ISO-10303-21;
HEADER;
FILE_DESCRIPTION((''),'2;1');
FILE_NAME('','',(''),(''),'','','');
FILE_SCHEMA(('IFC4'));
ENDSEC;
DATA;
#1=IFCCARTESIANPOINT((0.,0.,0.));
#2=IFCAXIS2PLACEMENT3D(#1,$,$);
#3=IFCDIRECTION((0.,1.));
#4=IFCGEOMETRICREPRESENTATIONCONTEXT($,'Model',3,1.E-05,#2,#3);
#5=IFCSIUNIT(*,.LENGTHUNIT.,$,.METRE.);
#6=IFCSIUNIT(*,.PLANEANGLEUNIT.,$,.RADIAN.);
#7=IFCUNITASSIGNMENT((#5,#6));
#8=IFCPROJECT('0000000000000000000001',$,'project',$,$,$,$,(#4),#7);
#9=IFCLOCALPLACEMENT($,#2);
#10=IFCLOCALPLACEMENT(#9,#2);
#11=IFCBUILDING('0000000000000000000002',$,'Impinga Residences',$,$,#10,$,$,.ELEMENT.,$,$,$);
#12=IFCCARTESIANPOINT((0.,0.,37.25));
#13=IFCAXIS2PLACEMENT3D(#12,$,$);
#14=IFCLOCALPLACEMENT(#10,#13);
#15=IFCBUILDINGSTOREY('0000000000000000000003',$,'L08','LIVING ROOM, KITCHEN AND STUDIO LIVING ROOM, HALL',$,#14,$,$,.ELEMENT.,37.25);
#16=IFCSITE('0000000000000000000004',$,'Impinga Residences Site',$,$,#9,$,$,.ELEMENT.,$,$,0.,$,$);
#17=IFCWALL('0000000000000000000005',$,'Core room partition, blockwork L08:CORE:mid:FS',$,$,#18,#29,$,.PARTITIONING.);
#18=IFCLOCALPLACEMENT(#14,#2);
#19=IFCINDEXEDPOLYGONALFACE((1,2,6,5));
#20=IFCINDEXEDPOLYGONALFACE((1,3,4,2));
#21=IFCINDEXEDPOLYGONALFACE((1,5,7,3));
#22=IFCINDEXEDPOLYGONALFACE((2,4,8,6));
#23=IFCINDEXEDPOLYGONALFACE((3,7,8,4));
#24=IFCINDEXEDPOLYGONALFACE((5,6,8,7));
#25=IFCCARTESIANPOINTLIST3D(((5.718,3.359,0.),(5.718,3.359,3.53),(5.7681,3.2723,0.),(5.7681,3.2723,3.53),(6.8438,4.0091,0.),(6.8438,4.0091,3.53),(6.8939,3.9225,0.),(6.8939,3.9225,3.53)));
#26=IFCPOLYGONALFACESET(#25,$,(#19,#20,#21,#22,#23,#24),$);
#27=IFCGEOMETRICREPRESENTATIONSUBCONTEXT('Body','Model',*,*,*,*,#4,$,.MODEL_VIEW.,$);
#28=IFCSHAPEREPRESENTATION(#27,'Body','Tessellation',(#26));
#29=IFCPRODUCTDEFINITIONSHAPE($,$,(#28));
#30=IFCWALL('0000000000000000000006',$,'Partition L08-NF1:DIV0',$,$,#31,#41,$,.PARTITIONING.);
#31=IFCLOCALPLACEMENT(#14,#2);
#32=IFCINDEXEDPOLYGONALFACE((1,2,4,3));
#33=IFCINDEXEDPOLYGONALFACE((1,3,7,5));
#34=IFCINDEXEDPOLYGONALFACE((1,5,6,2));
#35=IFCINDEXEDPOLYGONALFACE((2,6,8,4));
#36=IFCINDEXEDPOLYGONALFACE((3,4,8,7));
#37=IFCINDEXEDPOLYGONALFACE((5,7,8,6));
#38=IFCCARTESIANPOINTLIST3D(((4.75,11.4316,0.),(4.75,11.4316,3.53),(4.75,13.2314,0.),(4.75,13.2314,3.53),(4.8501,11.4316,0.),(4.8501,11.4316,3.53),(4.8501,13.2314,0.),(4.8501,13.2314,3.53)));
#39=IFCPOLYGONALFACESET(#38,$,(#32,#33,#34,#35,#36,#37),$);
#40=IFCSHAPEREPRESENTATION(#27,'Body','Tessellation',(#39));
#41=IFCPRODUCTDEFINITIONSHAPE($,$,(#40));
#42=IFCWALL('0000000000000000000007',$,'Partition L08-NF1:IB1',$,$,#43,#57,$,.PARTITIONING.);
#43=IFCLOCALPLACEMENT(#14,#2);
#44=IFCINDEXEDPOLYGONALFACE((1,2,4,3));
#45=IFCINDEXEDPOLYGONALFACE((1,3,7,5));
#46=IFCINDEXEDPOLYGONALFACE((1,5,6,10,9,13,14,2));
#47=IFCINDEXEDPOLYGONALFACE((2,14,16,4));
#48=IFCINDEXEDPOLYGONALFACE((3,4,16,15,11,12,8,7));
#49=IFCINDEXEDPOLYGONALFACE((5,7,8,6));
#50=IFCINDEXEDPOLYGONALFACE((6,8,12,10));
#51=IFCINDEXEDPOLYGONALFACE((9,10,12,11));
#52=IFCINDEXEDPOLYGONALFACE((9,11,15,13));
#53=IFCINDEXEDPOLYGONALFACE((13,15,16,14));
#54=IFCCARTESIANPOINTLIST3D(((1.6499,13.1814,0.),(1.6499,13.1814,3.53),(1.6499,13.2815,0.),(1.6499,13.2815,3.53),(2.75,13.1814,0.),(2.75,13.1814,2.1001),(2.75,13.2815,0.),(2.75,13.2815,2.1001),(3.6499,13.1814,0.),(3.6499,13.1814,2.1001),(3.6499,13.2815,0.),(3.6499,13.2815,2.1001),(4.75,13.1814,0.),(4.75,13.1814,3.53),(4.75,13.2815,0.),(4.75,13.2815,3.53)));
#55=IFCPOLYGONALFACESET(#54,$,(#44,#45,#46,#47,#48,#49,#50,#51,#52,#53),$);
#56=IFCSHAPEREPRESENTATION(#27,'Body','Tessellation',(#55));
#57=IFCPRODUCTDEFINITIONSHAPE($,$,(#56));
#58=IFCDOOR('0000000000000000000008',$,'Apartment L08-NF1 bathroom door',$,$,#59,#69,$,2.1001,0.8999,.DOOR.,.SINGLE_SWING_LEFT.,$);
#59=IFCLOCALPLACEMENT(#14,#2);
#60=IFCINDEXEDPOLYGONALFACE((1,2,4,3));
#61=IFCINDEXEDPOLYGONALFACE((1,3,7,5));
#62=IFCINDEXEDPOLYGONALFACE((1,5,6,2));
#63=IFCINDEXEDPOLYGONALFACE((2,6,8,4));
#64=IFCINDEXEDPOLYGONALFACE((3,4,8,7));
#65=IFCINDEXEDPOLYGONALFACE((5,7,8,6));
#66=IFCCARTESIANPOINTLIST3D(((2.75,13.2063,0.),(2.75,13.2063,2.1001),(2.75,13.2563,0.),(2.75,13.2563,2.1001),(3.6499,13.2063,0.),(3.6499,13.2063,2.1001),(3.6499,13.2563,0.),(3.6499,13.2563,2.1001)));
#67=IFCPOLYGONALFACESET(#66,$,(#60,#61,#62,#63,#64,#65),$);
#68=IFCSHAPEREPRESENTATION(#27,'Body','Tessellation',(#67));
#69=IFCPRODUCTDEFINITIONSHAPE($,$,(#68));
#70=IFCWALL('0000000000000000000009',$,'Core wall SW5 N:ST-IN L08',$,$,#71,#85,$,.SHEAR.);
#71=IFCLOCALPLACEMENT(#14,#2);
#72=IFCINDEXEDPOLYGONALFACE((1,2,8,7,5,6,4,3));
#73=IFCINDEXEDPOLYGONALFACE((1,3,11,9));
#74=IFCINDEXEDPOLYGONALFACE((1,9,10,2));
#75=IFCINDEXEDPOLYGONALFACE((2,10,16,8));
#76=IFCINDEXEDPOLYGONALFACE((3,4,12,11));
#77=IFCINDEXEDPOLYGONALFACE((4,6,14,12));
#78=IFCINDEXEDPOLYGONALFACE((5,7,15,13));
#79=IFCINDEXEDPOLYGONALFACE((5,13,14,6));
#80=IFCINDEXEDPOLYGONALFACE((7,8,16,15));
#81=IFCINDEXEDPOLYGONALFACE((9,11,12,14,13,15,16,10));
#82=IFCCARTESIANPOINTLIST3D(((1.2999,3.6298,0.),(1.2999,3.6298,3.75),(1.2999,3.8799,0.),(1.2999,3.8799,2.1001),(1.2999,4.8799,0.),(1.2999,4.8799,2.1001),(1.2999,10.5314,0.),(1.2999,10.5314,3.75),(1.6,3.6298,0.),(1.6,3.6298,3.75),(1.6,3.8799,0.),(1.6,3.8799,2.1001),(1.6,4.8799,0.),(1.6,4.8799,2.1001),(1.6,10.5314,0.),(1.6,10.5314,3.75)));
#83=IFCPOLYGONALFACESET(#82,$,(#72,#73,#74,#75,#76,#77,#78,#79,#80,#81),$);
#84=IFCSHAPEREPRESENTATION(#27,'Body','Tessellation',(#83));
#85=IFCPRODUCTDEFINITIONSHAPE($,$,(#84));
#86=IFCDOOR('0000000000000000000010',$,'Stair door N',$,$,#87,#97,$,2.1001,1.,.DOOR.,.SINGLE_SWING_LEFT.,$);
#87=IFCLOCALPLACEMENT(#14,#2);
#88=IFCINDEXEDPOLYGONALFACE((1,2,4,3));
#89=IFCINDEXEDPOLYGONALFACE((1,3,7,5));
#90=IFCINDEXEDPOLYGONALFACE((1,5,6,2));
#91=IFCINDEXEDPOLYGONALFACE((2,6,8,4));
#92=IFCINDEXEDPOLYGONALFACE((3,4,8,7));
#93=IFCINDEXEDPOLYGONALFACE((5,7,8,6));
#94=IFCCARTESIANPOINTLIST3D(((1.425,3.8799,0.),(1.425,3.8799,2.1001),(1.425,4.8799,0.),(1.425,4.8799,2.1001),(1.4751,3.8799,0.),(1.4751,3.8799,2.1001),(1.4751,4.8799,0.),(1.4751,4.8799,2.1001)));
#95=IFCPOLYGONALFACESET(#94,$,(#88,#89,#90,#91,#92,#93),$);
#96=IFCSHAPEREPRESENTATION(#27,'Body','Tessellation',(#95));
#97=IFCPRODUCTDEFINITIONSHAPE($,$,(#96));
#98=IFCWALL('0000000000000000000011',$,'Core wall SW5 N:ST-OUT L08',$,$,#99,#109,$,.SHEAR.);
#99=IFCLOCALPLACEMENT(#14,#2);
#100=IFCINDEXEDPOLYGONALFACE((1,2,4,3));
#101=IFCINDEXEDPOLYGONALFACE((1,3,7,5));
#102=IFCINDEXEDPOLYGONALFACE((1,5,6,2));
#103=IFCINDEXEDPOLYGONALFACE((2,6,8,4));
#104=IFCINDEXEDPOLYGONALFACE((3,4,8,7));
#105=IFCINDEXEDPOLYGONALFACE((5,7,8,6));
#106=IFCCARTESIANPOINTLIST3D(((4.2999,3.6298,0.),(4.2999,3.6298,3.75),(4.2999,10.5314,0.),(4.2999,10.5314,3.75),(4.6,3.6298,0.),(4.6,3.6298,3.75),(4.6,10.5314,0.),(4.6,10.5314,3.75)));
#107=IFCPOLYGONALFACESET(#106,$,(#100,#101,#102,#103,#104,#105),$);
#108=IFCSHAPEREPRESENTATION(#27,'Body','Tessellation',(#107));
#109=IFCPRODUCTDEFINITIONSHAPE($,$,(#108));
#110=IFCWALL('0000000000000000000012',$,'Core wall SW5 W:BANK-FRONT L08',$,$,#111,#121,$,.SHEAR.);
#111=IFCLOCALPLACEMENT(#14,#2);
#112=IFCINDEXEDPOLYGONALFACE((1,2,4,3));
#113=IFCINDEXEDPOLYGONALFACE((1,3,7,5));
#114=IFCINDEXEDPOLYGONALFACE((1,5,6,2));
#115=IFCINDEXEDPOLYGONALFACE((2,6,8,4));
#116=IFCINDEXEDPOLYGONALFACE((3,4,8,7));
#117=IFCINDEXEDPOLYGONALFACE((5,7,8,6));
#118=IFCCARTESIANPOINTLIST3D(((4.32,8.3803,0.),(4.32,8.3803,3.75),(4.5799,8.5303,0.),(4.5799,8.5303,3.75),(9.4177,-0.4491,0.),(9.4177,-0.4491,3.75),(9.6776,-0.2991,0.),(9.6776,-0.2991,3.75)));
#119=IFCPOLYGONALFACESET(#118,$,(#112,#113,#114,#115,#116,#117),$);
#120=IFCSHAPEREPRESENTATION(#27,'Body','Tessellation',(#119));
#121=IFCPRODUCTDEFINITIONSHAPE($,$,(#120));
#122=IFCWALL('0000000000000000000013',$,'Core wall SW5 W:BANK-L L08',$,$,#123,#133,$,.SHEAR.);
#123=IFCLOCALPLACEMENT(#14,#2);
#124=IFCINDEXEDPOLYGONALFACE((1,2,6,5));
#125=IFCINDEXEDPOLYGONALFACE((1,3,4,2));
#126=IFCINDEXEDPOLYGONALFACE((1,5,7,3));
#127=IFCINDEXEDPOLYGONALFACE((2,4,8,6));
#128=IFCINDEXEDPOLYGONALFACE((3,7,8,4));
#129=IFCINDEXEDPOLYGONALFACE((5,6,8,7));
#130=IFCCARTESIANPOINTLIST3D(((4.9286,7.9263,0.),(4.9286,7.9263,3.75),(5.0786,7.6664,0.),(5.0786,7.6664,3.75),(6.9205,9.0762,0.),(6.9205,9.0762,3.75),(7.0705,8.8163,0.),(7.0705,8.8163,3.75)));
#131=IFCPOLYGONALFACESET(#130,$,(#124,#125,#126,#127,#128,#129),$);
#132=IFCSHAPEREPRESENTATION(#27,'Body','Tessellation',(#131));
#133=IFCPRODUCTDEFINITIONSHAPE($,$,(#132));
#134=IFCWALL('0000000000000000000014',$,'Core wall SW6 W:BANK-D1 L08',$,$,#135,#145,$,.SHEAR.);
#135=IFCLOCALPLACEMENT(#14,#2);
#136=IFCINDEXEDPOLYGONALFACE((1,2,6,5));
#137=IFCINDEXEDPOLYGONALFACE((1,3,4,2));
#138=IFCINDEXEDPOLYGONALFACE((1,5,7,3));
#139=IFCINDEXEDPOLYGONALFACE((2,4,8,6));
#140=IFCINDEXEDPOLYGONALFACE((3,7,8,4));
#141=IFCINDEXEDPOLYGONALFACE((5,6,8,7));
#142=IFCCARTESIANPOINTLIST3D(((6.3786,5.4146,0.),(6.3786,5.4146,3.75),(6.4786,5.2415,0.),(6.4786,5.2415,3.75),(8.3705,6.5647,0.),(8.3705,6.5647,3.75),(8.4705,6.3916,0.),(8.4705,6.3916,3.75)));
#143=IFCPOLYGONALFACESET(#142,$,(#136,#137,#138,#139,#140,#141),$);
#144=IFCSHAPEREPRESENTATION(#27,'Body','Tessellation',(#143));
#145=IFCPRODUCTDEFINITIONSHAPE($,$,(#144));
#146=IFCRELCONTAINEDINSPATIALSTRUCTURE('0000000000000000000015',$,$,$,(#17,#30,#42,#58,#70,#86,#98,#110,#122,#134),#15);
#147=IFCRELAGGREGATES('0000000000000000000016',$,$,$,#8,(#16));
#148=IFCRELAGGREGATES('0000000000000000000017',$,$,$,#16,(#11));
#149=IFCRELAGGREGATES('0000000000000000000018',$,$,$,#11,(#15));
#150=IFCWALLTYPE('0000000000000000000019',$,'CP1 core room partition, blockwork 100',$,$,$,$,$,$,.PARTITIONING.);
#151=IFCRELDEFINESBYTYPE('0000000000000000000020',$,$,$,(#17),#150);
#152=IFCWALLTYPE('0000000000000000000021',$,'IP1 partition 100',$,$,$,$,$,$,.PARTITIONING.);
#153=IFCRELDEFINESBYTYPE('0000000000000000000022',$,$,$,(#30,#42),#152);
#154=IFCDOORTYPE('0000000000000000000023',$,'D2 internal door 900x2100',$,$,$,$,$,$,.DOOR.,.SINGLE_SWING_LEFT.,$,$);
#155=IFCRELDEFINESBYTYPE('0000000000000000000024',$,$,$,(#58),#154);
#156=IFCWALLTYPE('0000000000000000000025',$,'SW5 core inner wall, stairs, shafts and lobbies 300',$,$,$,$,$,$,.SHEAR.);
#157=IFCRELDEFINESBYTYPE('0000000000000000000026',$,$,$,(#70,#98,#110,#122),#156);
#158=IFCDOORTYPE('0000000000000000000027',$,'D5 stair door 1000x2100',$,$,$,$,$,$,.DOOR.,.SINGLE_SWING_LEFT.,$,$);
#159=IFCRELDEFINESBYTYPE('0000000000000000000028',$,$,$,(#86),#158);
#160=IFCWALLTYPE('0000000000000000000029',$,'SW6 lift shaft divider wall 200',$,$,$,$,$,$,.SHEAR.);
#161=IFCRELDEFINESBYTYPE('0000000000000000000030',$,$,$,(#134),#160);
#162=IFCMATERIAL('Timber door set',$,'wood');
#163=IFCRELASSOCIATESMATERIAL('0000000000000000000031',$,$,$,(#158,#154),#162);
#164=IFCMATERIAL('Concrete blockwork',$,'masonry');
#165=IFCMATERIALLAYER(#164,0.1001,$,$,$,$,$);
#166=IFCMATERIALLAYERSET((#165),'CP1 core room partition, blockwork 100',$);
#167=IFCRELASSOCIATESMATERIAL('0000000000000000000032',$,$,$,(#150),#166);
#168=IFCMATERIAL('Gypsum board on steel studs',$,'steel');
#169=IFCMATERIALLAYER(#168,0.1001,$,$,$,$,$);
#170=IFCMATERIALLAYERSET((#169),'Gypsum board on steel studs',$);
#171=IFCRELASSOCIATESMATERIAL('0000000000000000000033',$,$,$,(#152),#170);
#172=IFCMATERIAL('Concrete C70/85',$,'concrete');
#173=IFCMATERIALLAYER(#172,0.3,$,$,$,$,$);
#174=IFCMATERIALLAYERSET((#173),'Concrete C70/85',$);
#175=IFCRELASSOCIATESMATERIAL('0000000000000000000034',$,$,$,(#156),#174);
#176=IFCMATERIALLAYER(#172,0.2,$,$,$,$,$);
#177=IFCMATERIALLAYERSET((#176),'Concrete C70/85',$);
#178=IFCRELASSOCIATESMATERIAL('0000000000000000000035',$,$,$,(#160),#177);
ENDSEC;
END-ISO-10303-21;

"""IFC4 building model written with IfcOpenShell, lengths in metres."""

from ifc_helpers import new_model, si_unit, direction, frame, frame_2d, origin, place, context, subcontext, project, spatial, rectangle, extrude, material, layer, layer_set, type_object, element, fill, save


model = new_model("IFC4")

# Units and contexts
model_context = context("Model", 3, precision=1e-05, world=origin(), true_north=direction((0.0, 1.0)))
body_context = subcontext(model_context, "Body", "Model", "MODEL_VIEW")
ifc_project = project(units=[si_unit("LENGTHUNIT", "METRE"), si_unit("PLANEANGLEUNIT", "RADIAN")], contexts=[model_context])

# Site, building, storey
site_placement = place(None, origin())
site = spatial("IfcSite", under=ifc_project, at=site_placement, Name="Impinga Residences Site", CompositionType="ELEMENT", RefElevation=0.0)
building_placement = place(site_placement, origin())
building = spatial("IfcBuilding", under=site, at=building_placement, Name="Impinga Residences", CompositionType="ELEMENT")
storey_placement = place(building_placement, frame((0.0, 0.0, 37.25)))
storey = spatial("IfcBuildingStorey", under=building, at=storey_placement, Name="L08", Description="LIVING ROOM, KITCHEN AND STUDIO LIVING ROOM, HALL", CompositionType="ELEMENT", Elevation=37.25)

# Shared definitions
ifc_material_1 = material(Name="Concrete C70/85", Category="concrete")
ifc_material_2 = material(Name="Timber door set", Category="wood")
door_type_1 = type_object("IfcDoorType", Name="D5 stair door 1000x2100", OperationType="SINGLE_SWING_LEFT", PredefinedType="DOOR", material=ifc_material_2)
ifc_material_3 = material(Name="Concrete blockwork", Category="masonry")
ifc_layer_1 = layer(ifc_material_3, 0.1001)
ifc_layer_set_1 = layer_set([ifc_layer_1], Name="CP1 core room partition, blockwork 100")
wall_type_1 = type_object("IfcWallType", Name="CP1 core room partition, blockwork 100", PredefinedType="PARTITIONING", material=ifc_layer_set_1)

# Walls
wall_1_placement = place(storey_placement, frame((5.7432, 3.3157, 0.0), z_axis=(0.0, 0.0, 1.0), x_axis=(0.865957, 0.500118, 0.0)))
element("IfcWall", 1, at=wall_1_placement, inside=storey, type_object=wall_type_1, Name="Core room partition, blockwork L08:CORE:mid:FS", PredefinedType="PARTITIONING", context=body_context, shape_type="SweptSolid", body=[
    extrude(rectangle(XDim=1.3, YDim=0.1001, at=frame_2d((0.6499, 0.0))), origin(), (0.0, 0.0, 1.0), 3.53),
])
ifc_material_4 = material(Name="Gypsum board on steel studs", Category="steel")
ifc_layer_2 = layer(ifc_material_4, 0.1001)
ifc_layer_set_2 = layer_set([ifc_layer_2], Name="Gypsum board on steel studs")
wall_type_2 = type_object("IfcWallType", Name="IP1 partition 100", PredefinedType="PARTITIONING", material=ifc_layer_set_2)
wall_2_placement = place(storey_placement, frame((4.8, 11.4316, 0.0), z_axis=(0.0, 0.0, 1.0), x_axis=(0.0, 1.0, 0.0)))
element("IfcWall", 2, at=wall_2_placement, inside=storey, type_object=wall_type_2, Name="Partition L08-NF1:DIV0", PredefinedType="PARTITIONING", context=body_context, shape_type="SweptSolid", body=[
    extrude(rectangle(XDim=1.7998, YDim=0.1001, at=frame_2d((0.8999, 0.0))), origin(), (0.0, 0.0, 1.0), 3.53),
])

# Walls, openings, doors
wall_3_placement = place(storey_placement, frame((1.6499, 13.2314, 0.0), z_axis=(0.0, 0.0, 1.0), x_axis=(1.0, 0.0, 0.0)))
wall_3 = element("IfcWall", 3, at=wall_3_placement, inside=storey, type_object=wall_type_2, Name="Partition L08-NF1:IB1", PredefinedType="PARTITIONING", context=body_context, shape_type="SweptSolid", body=[
    extrude(rectangle(XDim=3.1001, YDim=0.1001, at=frame_2d((1.55, 0.0))), origin(), (0.0, 0.0, 1.0), 3.53),
])
opening_1_placement = place(wall_3_placement, frame((1.1001, 0.0, 0.0)))
opening_1 = element("IfcOpeningElement", 4, at=opening_1_placement, cuts=wall_3, PredefinedType="OPENING", context=body_context, shape_type="SweptSolid", body=[
    extrude(rectangle(XDim=0.8999, YDim=2.1001, at=frame_2d((0.45, 1.05))), frame((0.0, 0.0601, 0.0), z_axis=(0.0, -1.0, 0.0), x_axis=(1.0, 0.0, 0.0)), (0.0, 0.0, 1.0), 0.1201),
])
door_type_2 = type_object("IfcDoorType", Name="D2 internal door 900x2100", OperationType="SINGLE_SWING_LEFT", PredefinedType="DOOR", material=ifc_material_2)
door_1_placement = place(opening_1_placement, origin())
door_1 = element("IfcDoor", 5, at=door_1_placement, inside=storey, type_object=door_type_2, Name="Apartment L08-NF1 bathroom door", OperationType="SINGLE_SWING_LEFT", OverallHeight=2.1001, OverallWidth=0.8999, PredefinedType="DOOR", context=body_context, shape_type="SweptSolid", body=[
    extrude(rectangle(XDim=0.8999, YDim=2.1001, at=frame_2d((0.45, 1.05))), frame((0.0, 0.0249, 0.0), z_axis=(0.0, -1.0, 0.0), x_axis=(1.0, 0.0, 0.0)), (0.0, 0.0, 1.0), 0.05),
])
fill(opening_1, door_1)
ifc_layer_3 = layer(ifc_material_1, 0.3)
ifc_layer_set_3 = layer_set([ifc_layer_3], Name="Concrete C70/85")
wall_type_3 = type_object("IfcWallType", Name="SW5 core inner wall, stairs, shafts and lobbies 300", PredefinedType="SHEAR", material=ifc_layer_set_3)
wall_4_placement = place(storey_placement, frame((1.45, 3.6299, 0.0), z_axis=(0.0, 0.0, 1.0), x_axis=(0.0, 1.0, 0.0)))
wall_4 = element("IfcWall", 6, at=wall_4_placement, inside=storey, type_object=wall_type_3, Name="Core wall SW5 N:ST-IN L08", PredefinedType="SHEAR", context=body_context, shape_type="SweptSolid", body=[
    extrude(rectangle(XDim=6.9016, YDim=0.3, at=frame_2d((3.4507, 0.0))), origin(), (0.0, 0.0, 1.0), 3.75),
])
opening_2_placement = place(wall_4_placement, frame((0.25, 0.0, 0.0)))
opening_2 = element("IfcOpeningElement", 7, at=opening_2_placement, cuts=wall_4, PredefinedType="OPENING", context=body_context, shape_type="SweptSolid", body=[
    extrude(rectangle(XDim=1.0, YDim=2.1001, at=frame_2d((0.5, 1.05))), frame((0.0, 0.1599, 0.0), z_axis=(0.0, -1.0, 0.0), x_axis=(1.0, 0.0, 0.0)), (0.0, 0.0, 1.0), 0.3201),
])
door_2_placement = place(opening_2_placement, origin())
door_2 = element("IfcDoor", 8, at=door_2_placement, inside=storey, type_object=door_type_1, Name="Stair door N", OperationType="SINGLE_SWING_LEFT", OverallHeight=2.1001, OverallWidth=1.0, PredefinedType="DOOR", context=body_context, shape_type="SweptSolid", body=[
    extrude(rectangle(XDim=1.0, YDim=2.1001, at=frame_2d((0.5, 1.05))), frame((0.0, 0.0249, 0.0), z_axis=(0.0, -1.0, 0.0), x_axis=(1.0, 0.0, 0.0)), (0.0, 0.0, 1.0), 0.05),
])
fill(opening_2, door_2)

# Walls
wall_5_placement = place(storey_placement, frame((4.45, 3.6299, 0.0), z_axis=(0.0, 0.0, 1.0), x_axis=(0.0, 1.0, 0.0)))
element("IfcWall", 9, at=wall_5_placement, inside=storey, type_object=wall_type_3, Name="Core wall SW5 N:ST-OUT L08", PredefinedType="SHEAR", context=body_context, shape_type="SweptSolid", body=[
    extrude(rectangle(XDim=6.9016, YDim=0.3, at=frame_2d((3.4507, 0.0))), origin(), (0.0, 0.0, 1.0), 3.75),
])
wall_6_placement = place(storey_placement, frame((4.45, 8.4553, 0.0), z_axis=(0.0, 0.0, 1.0), x_axis=(0.500002, -0.866024, 0.0)))
element("IfcWall", 10, at=wall_6_placement, inside=storey, type_object=wall_type_3, Name="Core wall SW5 W:BANK-FRONT L08", PredefinedType="SHEAR", context=body_context, shape_type="SweptSolid", body=[
    extrude(rectangle(XDim=10.1953, YDim=0.3, at=frame_2d((5.0977, 0.0))), origin(), (0.0, 0.0, 1.0), 3.75),
])
wall_7_placement = place(storey_placement, frame((5.0037, 7.7964, 0.0), z_axis=(0.0, 0.0, 1.0), x_axis=(0.866053, 0.499952, 0.0)))
element("IfcWall", 11, at=wall_7_placement, inside=storey, type_object=wall_type_3, Name="Core wall SW5 W:BANK-L L08", PredefinedType="SHEAR", context=body_context, shape_type="SweptSolid", body=[
    extrude(rectangle(XDim=2.3, YDim=0.3, at=frame_2d((1.1499, 0.0))), origin(), (0.0, 0.0, 1.0), 3.75),
])
ifc_layer_4 = layer(ifc_material_1, 0.2)
ifc_layer_set_4 = layer_set([ifc_layer_4], Name="Concrete C70/85")
wall_type_4 = type_object("IfcWallType", Name="SW6 lift shaft divider wall 200", PredefinedType="SHEAR", material=ifc_layer_set_4)
wall_8_placement = place(storey_placement, frame((6.4287, 5.3281, 0.0), z_axis=(0.0, 0.0, 1.0), x_axis=(0.866007, 0.500032, 0.0)))
element("IfcWall", 12, at=wall_8_placement, inside=storey, type_object=wall_type_4, Name="Core wall SW6 W:BANK-D1 L08", PredefinedType="SHEAR", context=body_context, shape_type="SweptSolid", body=[
    extrude(rectangle(XDim=2.3, YDim=0.2, at=frame_2d((1.1499, 0.0))), origin(), (0.0, 0.0, 1.0), 3.75),
])

save(model, "model.ifc")
